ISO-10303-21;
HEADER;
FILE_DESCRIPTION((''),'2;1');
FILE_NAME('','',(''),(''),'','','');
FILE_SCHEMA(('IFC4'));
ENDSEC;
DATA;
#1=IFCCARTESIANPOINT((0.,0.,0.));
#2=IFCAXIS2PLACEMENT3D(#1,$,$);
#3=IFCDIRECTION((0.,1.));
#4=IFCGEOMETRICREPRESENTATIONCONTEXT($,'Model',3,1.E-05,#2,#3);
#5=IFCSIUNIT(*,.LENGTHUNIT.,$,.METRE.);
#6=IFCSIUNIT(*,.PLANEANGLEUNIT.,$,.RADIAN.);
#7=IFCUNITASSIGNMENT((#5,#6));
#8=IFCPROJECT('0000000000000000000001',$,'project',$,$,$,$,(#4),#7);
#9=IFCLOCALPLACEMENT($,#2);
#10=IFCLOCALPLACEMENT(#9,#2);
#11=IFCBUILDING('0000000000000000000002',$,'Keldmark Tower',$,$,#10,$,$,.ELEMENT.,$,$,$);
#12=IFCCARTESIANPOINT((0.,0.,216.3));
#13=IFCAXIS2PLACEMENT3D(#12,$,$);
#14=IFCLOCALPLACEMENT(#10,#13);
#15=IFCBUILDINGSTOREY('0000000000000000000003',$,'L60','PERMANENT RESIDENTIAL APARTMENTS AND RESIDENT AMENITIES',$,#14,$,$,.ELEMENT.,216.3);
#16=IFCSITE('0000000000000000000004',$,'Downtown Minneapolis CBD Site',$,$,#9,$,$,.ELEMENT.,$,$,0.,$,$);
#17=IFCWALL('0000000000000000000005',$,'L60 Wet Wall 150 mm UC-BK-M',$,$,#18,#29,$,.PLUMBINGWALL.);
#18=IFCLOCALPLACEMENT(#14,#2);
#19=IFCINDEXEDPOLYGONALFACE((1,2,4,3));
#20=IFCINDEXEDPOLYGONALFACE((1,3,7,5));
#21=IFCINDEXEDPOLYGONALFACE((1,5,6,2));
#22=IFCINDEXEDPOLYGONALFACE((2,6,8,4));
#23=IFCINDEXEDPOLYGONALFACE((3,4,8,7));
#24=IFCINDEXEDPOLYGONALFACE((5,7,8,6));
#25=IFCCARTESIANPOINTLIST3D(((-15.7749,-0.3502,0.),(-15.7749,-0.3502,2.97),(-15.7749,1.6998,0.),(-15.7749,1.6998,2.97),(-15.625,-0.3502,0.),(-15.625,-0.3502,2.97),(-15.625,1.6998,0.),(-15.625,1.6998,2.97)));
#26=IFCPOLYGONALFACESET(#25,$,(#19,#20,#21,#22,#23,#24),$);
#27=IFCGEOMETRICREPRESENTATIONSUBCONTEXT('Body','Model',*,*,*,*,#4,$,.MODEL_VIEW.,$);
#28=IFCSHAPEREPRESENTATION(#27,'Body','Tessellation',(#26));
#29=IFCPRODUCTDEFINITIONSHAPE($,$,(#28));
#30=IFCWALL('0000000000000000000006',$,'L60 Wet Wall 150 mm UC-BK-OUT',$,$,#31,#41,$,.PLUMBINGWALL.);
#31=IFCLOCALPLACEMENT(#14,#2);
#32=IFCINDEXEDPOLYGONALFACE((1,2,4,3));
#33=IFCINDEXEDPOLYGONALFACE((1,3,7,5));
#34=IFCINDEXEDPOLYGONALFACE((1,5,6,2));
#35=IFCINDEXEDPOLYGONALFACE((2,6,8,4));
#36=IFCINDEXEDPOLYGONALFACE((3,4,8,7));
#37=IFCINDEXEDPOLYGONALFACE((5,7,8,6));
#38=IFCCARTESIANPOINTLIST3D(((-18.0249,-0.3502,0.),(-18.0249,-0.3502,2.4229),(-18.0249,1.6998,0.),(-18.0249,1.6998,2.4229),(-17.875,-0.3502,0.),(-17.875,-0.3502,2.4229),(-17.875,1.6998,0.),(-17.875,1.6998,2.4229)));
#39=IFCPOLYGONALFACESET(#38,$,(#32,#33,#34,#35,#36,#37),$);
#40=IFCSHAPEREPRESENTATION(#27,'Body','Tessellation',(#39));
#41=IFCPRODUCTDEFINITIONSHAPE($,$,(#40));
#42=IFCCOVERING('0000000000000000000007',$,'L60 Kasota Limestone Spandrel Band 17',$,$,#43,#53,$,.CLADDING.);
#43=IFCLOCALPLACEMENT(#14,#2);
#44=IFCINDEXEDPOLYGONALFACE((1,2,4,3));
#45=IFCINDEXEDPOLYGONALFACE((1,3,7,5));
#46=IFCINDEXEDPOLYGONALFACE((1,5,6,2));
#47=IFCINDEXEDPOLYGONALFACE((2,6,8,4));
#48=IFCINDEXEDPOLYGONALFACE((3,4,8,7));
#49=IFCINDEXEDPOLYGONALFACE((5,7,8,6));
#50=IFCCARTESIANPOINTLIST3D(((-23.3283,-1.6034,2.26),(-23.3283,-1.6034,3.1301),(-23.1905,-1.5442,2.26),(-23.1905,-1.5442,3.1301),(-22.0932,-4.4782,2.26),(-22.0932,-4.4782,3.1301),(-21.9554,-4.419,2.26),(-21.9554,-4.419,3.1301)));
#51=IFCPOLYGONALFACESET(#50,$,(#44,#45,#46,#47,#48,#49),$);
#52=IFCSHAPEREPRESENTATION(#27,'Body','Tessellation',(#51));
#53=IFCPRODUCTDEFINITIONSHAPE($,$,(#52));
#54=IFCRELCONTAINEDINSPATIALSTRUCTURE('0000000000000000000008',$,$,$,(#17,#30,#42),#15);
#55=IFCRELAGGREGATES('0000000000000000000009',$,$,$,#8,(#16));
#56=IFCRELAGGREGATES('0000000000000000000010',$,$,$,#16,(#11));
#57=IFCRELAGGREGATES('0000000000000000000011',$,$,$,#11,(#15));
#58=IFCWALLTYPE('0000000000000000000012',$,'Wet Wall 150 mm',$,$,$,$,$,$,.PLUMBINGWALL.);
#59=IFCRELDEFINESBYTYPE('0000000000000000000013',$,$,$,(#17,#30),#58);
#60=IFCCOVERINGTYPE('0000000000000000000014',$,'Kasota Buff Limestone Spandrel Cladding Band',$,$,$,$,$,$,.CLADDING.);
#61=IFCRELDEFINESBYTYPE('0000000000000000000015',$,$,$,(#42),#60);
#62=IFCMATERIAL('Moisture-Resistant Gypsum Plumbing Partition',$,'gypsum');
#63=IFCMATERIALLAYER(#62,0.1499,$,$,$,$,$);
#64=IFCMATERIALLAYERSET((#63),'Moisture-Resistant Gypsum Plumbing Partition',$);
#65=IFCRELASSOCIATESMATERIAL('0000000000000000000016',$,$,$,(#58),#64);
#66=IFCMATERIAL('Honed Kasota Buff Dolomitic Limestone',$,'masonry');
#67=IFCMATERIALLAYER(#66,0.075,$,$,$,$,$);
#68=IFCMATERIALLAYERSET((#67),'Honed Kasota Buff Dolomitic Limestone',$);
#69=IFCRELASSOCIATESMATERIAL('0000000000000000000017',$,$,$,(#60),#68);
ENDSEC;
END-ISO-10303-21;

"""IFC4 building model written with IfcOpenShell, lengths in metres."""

from ifc_helpers import new_model, si_unit, direction, frame, frame_2d, origin, origin_2d, place, context, subcontext, project, spatial, rectangle, extrude, material, layer, layer_set, type_object, element, save


model = new_model("IFC4")

# Units and contexts
model_context = context("Model", 3, precision=1e-05, world=origin(), true_north=direction((0.0, 1.0)))
body_context = subcontext(model_context, "Body", "Model", "MODEL_VIEW")
ifc_project = project(units=[si_unit("LENGTHUNIT", "METRE"), si_unit("PLANEANGLEUNIT", "RADIAN")], contexts=[model_context])

# Site, building, storey
site_placement = place(None, origin())
site = spatial("IfcSite", under=ifc_project, at=site_placement, Name="Downtown Minneapolis CBD Site", CompositionType="ELEMENT", RefElevation=0.0)
building_placement = place(site_placement, origin())
building = spatial("IfcBuilding", under=site, at=building_placement, Name="Keldmark Tower", CompositionType="ELEMENT")
storey_placement = place(building_placement, frame((0.0, 0.0, 216.3)))
storey = spatial("IfcBuildingStorey", under=building, at=storey_placement, Name="L60", Description="PERMANENT RESIDENTIAL APARTMENTS AND RESIDENT AMENITIES", CompositionType="ELEMENT", Elevation=216.3)

# Walls
ifc_material_1 = material(Name="Moisture-Resistant Gypsum Plumbing Partition", Category="gypsum")
ifc_layer_1 = layer(ifc_material_1, 0.1499)
ifc_layer_set_1 = layer_set([ifc_layer_1], Name="Moisture-Resistant Gypsum Plumbing Partition")
wall_type_1 = type_object("IfcWallType", Name="Wet Wall 150 mm", PredefinedType="PLUMBINGWALL", material=ifc_layer_set_1)
wall_1_placement = place(storey_placement, frame((-15.7, -0.3501, 0.0), z_axis=(0.0, 0.0, 1.0), x_axis=(0.0, 1.0, 0.0)))
element("IfcWall", 1, at=wall_1_placement, inside=storey, type_object=wall_type_1, Name="L60 Wet Wall 150 mm UC-BK-M", PredefinedType="PLUMBINGWALL", context=body_context, shape_type="SweptSolid", body=[
    extrude(rectangle(XDim=2.05, YDim=0.1499, at=frame_2d((1.0249, 0.0))), origin(), (0.0, 0.0, 1.0), 2.97),
])
wall_2_placement = place(storey_placement, frame((-17.95, -0.3501, 0.0), z_axis=(0.0, 0.0, 1.0), x_axis=(0.0, 1.0, 0.0)))
element("IfcWall", 2, at=wall_2_placement, inside=storey, type_object=wall_type_1, Name="L60 Wet Wall 150 mm UC-BK-OUT", PredefinedType="PLUMBINGWALL", context=body_context, shape_type="SweptSolid", body=[
    extrude(rectangle(XDim=2.05, YDim=0.1499, at=frame_2d((1.0249, 0.0))), origin(), (0.0, 0.0, 1.0), 2.4229),
])

# Covering
ifc_material_2 = material(Name="Honed Kasota Buff Dolomitic Limestone", Category="masonry")
ifc_layer_2 = layer(ifc_material_2, 0.075)
ifc_layer_set_2 = layer_set([ifc_layer_2], Name="Honed Kasota Buff Dolomitic Limestone")
covering_type = type_object("IfcCoveringType", Name="Kasota Buff Limestone Spandrel Cladding Band", PredefinedType="CLADDING", material=ifc_layer_set_2)
covering_placement = place(storey_placement, frame((-22.6418, -3.0112, 2.26), z_axis=(0.0, 0.0, 1.0), x_axis=(0.394744, -0.918791, 0.0)))
element("IfcCovering", 3, at=covering_placement, inside=storey, type_object=covering_type, Name="L60 Kasota Limestone Spandrel Band 17", PredefinedType="CLADDING", context=body_context, shape_type="SweptSolid", body=[
    extrude(rectangle(XDim=3.1289, YDim=0.1499, at=origin_2d()), origin(), (0.0, 0.0, 1.0), 0.8701),
])

save(model, "model.ifc")
